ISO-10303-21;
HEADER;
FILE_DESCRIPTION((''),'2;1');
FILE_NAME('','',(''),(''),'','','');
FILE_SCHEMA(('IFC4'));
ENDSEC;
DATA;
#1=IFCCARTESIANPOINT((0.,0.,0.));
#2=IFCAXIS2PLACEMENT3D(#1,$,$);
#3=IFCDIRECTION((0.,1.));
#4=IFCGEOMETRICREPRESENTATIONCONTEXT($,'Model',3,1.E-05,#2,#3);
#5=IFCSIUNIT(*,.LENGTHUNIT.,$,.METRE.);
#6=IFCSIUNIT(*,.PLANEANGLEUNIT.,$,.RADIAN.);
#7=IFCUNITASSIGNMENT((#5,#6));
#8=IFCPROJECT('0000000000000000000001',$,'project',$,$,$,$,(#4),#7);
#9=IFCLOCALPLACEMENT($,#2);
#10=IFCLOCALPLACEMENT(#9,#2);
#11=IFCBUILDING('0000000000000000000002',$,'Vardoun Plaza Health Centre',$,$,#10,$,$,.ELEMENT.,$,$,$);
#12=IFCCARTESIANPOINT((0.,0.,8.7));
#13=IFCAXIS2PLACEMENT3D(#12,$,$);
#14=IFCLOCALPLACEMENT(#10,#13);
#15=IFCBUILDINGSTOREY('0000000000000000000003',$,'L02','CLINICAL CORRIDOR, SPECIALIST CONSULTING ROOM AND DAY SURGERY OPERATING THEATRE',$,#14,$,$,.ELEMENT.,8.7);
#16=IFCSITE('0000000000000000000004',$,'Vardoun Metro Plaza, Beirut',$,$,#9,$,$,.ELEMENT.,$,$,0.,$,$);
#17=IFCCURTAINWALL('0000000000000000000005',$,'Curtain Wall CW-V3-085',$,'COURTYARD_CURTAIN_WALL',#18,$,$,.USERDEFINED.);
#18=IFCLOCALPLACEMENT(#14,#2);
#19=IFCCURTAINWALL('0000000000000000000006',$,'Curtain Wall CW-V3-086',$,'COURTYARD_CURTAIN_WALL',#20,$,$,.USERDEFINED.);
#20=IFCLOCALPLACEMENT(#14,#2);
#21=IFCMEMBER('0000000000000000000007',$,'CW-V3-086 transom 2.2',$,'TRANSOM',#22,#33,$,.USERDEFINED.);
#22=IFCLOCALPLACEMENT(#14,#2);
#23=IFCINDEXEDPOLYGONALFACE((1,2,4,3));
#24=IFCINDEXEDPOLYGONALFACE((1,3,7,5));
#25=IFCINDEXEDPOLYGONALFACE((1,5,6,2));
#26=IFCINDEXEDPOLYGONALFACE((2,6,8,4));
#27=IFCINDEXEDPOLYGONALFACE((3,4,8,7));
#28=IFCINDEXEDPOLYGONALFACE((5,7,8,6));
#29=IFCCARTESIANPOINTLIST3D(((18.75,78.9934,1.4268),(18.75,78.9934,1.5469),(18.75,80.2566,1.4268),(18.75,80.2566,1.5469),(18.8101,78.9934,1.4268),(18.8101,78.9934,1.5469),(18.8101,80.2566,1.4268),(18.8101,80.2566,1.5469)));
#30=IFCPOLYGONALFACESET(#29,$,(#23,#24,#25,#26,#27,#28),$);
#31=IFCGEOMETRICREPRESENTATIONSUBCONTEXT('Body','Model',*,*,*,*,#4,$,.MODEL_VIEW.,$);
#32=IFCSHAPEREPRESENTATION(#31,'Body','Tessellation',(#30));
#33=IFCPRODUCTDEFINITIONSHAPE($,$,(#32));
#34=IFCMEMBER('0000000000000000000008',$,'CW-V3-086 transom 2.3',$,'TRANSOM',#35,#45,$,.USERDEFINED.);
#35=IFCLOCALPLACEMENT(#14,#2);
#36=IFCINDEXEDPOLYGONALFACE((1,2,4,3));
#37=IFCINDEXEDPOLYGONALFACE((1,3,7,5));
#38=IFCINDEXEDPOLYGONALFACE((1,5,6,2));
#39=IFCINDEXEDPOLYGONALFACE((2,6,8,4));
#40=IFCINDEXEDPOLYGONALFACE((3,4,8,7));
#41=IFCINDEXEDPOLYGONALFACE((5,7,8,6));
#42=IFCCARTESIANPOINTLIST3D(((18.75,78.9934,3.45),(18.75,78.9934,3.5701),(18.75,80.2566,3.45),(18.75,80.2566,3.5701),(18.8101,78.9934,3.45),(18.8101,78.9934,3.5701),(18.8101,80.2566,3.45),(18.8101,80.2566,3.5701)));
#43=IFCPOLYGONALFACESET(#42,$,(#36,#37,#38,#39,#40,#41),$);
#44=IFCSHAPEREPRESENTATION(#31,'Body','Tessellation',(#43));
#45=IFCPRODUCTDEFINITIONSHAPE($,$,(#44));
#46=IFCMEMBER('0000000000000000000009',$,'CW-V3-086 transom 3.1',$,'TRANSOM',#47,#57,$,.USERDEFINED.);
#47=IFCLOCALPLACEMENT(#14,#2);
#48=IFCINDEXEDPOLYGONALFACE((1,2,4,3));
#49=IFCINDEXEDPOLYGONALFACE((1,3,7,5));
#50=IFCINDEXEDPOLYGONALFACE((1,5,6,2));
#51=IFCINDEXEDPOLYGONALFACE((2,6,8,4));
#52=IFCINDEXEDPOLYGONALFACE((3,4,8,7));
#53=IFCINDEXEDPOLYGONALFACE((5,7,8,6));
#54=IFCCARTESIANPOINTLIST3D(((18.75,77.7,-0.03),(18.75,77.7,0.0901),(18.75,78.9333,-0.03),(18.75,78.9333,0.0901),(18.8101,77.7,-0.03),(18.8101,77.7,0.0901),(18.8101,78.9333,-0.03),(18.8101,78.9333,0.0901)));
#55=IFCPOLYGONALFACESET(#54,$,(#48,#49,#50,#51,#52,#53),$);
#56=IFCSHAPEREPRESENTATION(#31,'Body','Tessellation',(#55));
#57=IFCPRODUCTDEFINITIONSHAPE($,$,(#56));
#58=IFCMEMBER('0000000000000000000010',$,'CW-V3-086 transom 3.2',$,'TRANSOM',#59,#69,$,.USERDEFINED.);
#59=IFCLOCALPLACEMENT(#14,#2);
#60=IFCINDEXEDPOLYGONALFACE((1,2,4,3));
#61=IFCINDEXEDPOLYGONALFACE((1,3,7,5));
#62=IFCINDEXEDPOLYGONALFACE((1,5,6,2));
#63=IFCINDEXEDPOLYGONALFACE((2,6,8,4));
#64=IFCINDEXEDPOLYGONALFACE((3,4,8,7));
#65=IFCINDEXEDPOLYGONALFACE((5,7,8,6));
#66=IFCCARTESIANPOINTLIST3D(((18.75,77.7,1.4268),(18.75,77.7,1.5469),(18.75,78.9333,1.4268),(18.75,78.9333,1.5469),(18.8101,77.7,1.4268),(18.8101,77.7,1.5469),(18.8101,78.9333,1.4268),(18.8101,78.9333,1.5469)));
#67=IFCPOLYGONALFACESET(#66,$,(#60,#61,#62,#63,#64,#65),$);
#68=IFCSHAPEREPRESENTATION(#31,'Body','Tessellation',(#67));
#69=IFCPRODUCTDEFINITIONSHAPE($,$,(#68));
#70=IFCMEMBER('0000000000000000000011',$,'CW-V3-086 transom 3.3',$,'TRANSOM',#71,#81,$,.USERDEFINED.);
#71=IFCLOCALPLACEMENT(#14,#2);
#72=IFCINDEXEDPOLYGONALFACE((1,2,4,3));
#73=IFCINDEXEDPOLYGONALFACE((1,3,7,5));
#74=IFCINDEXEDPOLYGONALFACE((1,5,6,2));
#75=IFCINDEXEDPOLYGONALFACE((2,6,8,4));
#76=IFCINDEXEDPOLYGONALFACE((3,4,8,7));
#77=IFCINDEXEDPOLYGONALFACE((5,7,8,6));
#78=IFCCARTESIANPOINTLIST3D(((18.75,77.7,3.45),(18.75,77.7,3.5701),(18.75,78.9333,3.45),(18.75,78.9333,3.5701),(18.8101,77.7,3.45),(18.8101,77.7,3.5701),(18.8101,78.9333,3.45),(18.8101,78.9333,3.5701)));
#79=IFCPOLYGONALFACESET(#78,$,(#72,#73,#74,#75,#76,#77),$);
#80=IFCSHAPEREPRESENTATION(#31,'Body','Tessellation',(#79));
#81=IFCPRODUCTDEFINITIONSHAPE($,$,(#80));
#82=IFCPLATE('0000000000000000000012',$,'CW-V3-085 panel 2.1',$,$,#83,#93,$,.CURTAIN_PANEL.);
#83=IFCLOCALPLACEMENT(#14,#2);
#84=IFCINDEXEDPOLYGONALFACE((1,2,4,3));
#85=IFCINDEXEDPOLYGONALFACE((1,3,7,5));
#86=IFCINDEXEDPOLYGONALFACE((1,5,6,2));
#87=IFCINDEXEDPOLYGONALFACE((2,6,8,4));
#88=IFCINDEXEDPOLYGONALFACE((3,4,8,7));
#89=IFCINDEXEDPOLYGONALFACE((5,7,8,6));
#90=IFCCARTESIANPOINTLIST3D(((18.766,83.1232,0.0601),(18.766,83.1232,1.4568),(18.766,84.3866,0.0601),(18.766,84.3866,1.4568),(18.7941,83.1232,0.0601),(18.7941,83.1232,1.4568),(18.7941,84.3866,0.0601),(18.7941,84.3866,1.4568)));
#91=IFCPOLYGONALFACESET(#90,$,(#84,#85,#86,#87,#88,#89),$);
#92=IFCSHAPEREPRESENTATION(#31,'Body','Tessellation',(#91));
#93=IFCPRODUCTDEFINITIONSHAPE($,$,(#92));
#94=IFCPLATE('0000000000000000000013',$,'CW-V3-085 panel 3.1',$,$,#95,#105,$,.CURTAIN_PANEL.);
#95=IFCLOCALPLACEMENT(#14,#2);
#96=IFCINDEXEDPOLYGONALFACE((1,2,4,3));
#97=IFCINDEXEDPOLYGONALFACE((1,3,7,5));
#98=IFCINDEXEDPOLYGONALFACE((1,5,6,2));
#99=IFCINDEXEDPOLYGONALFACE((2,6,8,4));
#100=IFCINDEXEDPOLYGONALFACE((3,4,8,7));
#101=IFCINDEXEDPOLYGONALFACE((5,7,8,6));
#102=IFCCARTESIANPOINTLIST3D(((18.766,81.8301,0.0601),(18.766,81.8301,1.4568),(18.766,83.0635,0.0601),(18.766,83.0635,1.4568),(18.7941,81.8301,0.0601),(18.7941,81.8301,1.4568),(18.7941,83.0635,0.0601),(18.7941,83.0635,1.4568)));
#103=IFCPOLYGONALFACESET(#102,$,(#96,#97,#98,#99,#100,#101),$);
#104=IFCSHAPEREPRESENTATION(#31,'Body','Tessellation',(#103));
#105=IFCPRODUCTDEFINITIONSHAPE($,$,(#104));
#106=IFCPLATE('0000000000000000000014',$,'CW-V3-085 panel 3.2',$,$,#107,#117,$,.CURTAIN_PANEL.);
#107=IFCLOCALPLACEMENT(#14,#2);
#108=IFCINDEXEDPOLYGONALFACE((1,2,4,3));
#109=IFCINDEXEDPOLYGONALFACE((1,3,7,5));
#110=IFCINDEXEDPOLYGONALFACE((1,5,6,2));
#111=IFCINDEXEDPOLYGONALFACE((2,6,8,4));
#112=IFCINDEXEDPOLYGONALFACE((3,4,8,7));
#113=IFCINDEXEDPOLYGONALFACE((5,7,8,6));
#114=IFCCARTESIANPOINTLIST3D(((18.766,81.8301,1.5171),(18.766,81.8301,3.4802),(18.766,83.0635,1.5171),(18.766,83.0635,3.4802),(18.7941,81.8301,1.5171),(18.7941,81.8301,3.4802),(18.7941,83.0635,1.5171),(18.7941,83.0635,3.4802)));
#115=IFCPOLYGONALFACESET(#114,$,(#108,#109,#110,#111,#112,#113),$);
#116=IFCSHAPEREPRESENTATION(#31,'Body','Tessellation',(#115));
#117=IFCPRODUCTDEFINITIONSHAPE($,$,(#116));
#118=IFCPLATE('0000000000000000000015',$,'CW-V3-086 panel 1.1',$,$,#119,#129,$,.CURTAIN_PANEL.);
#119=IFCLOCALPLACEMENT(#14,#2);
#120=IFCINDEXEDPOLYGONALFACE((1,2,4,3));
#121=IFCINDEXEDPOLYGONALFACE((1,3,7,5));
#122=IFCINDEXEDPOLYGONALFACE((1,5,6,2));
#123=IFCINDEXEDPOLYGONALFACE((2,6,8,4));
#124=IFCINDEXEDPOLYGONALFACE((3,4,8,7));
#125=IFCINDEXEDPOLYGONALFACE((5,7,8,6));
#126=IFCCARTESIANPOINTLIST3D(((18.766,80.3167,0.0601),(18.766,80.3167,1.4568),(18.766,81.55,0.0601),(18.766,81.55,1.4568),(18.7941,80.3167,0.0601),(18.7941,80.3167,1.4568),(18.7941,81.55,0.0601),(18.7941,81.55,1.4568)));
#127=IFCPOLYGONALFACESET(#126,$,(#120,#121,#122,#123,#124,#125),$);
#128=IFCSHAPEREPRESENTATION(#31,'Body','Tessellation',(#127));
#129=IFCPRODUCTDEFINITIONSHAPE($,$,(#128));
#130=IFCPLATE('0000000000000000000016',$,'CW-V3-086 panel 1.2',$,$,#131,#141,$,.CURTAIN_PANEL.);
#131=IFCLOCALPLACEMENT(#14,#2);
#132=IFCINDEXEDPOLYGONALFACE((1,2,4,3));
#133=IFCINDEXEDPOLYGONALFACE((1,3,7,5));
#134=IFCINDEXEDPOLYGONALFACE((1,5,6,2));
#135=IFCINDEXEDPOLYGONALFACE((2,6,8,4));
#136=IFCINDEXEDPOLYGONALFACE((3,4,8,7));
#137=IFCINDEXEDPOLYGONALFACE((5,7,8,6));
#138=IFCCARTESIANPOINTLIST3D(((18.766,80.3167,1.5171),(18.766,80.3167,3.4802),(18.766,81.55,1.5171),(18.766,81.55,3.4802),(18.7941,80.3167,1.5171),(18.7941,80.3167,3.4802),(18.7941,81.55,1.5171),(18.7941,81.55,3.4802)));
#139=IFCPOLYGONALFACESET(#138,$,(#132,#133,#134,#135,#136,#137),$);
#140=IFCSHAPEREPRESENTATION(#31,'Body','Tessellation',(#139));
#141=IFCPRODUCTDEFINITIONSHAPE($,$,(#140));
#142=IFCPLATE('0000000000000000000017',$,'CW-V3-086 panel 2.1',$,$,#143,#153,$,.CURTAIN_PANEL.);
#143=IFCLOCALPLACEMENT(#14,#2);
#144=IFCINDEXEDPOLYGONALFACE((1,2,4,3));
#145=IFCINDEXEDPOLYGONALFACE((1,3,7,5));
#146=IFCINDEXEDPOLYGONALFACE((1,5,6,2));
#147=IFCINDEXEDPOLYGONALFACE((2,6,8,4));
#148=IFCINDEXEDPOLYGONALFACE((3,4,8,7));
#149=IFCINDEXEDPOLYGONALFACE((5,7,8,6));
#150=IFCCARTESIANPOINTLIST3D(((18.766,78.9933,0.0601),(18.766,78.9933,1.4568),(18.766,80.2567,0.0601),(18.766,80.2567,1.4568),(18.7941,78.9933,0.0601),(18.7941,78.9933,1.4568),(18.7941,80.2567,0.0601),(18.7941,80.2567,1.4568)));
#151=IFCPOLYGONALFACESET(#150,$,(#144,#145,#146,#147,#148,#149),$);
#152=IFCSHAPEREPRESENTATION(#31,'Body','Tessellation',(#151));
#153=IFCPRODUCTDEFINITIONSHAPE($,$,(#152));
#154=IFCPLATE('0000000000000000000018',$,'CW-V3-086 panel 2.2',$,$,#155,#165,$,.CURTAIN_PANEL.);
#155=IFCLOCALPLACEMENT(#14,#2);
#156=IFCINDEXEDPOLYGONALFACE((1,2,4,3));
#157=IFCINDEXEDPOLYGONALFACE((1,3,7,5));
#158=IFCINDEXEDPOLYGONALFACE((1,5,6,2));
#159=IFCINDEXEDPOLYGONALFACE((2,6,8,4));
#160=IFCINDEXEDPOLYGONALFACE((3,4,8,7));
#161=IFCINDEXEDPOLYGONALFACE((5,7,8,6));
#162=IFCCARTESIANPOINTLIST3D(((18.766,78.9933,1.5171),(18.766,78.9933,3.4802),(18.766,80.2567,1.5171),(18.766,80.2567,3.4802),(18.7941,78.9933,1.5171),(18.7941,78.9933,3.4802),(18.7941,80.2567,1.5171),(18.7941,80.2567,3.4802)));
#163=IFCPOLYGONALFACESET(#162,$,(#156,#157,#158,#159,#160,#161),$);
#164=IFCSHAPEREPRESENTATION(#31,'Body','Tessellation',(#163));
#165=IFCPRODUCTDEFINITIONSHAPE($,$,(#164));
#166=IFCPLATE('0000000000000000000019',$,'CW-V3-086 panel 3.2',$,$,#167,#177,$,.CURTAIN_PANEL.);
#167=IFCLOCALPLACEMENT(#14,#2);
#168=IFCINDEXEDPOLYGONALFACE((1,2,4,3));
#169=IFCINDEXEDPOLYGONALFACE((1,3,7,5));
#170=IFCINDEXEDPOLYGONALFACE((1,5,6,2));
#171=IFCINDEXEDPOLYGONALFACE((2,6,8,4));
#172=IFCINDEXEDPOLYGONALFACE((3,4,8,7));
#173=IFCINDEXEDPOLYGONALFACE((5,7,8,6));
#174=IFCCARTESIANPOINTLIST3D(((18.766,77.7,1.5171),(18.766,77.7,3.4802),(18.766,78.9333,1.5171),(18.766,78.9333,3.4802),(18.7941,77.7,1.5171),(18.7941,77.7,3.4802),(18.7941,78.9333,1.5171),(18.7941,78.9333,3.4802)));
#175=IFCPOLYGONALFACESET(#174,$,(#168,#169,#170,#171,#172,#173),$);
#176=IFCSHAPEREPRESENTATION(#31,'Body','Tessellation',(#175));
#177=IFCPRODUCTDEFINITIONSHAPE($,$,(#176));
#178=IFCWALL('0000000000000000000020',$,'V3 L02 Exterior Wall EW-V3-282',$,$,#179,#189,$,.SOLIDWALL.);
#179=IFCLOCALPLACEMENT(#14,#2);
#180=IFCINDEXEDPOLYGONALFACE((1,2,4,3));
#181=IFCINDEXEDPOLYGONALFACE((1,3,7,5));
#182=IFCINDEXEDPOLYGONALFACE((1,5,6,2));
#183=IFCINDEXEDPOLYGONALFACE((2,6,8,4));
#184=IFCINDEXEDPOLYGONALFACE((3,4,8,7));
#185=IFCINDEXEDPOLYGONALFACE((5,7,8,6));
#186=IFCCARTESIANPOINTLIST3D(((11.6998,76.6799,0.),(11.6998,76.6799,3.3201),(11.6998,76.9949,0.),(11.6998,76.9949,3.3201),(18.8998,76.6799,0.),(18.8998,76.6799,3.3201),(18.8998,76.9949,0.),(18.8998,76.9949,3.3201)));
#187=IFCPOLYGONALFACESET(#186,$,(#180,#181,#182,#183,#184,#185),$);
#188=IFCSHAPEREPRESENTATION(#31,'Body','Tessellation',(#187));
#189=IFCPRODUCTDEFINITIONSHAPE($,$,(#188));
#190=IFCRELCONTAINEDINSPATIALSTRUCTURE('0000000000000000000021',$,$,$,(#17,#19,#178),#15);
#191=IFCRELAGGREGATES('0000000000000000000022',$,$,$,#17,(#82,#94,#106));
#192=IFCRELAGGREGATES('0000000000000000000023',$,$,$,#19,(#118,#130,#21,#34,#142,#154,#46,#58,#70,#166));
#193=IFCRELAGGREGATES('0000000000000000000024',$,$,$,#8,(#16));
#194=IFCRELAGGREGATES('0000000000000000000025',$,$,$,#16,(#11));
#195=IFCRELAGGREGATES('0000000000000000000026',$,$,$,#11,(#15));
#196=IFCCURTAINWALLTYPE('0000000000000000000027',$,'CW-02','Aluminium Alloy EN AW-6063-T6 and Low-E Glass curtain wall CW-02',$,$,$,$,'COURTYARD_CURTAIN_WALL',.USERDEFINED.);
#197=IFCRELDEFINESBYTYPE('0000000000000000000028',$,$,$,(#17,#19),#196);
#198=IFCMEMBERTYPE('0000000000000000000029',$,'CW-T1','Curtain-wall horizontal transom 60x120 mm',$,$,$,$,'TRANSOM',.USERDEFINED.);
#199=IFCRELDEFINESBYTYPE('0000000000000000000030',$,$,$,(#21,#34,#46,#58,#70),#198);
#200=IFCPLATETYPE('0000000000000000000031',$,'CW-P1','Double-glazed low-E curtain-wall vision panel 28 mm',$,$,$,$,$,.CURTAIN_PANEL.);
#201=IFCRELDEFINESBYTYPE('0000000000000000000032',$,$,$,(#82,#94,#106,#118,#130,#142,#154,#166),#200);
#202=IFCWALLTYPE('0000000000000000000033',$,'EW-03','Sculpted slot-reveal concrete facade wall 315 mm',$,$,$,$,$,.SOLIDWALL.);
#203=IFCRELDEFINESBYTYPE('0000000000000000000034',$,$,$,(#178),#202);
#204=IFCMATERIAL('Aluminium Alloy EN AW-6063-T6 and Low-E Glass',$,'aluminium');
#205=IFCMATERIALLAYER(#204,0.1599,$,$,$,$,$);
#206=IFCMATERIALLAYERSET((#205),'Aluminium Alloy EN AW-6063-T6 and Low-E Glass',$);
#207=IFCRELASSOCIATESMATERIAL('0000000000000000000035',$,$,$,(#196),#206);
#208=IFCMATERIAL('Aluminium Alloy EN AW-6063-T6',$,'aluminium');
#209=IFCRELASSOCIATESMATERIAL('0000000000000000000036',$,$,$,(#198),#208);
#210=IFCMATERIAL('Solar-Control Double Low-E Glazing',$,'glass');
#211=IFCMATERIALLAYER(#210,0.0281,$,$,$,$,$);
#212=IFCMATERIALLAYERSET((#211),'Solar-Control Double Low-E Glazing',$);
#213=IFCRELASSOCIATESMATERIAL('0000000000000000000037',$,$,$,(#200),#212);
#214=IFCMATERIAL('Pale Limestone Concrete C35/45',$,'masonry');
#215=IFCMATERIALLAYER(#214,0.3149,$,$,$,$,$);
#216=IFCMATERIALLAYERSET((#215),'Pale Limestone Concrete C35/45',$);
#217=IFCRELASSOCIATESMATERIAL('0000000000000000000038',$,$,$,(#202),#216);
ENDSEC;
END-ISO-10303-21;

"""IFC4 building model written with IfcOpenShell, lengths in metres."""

from ifc_helpers import new_model, si_unit, direction, frame, frame_2d, origin, origin_2d, place, context, subcontext, project, spatial, rectangle, extrude, material, layer, layer_set, material_profile, profile_set, type_object, element, aggregate, save


model = new_model("IFC4")

# Units and contexts
model_context = context("Model", 3, precision=1e-05, world=origin(), true_north=direction((0.0, 1.0)))
body_context = subcontext(model_context, "Body", "Model", "MODEL_VIEW")
ifc_project = project(units=[si_unit("LENGTHUNIT", "METRE"), si_unit("PLANEANGLEUNIT", "RADIAN")], contexts=[model_context])

# Site, building, storey
site_placement = place(None, origin())
site = spatial("IfcSite", under=ifc_project, at=site_placement, Name="Vardoun Metro Plaza, Beirut", CompositionType="ELEMENT", RefElevation=0.0)
building_placement = place(site_placement, origin())
building = spatial("IfcBuilding", under=site, at=building_placement, Name="Vardoun Plaza Health Centre", CompositionType="ELEMENT")
storey_placement = place(building_placement, frame((0.0, 0.0, 8.7)))
storey = spatial("IfcBuildingStorey", under=building, at=storey_placement, Name="L02", Description="CLINICAL CORRIDOR, SPECIALIST CONSULTING ROOM AND DAY SURGERY OPERATING THEATRE", CompositionType="ELEMENT", Elevation=8.7)

# Curtain walls
ifc_material_1 = material(Name="Aluminium Alloy EN AW-6063-T6 and Low-E Glass", Category="aluminium")
ifc_layer_1 = layer(ifc_material_1, 0.1599)
ifc_layer_set_1 = layer_set([ifc_layer_1], Name="Aluminium Alloy EN AW-6063-T6 and Low-E Glass")
curtain_wall_type = type_object("IfcCurtainWallType", Name="CW-02", Description="Aluminium Alloy EN AW-6063-T6 and Low-E Glass curtain wall CW-02", ElementType="COURTYARD_CURTAIN_WALL", PredefinedType="USERDEFINED", material=ifc_layer_set_1)
curtain_wall_1_placement = place(storey_placement, origin())
curtain_wall_1 = element("IfcCurtainWall", 1, at=curtain_wall_1_placement, inside=storey, type_object=curtain_wall_type, Name="Curtain Wall CW-V3-085", ObjectType="COURTYARD_CURTAIN_WALL", PredefinedType="USERDEFINED")
curtain_wall_2_placement = place(storey_placement, origin())
curtain_wall_2 = element("IfcCurtainWall", 2, at=curtain_wall_2_placement, inside=storey, type_object=curtain_wall_type, Name="Curtain Wall CW-V3-086", ObjectType="COURTYARD_CURTAIN_WALL", PredefinedType="USERDEFINED")

# Members
ifc_material_2 = material(Name="Aluminium Alloy EN AW-6063-T6", Category="aluminium")
ifc_material_profile_1 = material_profile(ifc_material_2, rectangle(XDim=0.0601, YDim=0.1201, at=origin_2d()), Name="CWT 60x120")
ifc_profile_set_1 = profile_set([ifc_material_profile_1], Name="Aluminium Alloy EN AW-6063-T6")
member_type_1 = type_object("IfcMemberType", Name="CW-T1", Description="Curtain-wall horizontal transom 60x120 mm", ElementType="TRANSOM", PredefinedType="USERDEFINED", material=ifc_profile_set_1)
member_1_placement = place(storey_placement, frame((18.78, 80.2566, 1.4868), z_axis=(0.0, -1.0, 0.0), x_axis=(1.0, 0.0, 0.0)))
member_1 = element("IfcMember", 3, at=member_1_placement, type_object=member_type_1, Name="CW-V3-086 transom 2.2", ObjectType="TRANSOM", PredefinedType="USERDEFINED", context=body_context, shape_type="SweptSolid", body=[
    extrude(rectangle(XDim=0.0601, YDim=0.1201, at=origin_2d()), origin(), (0.0, 0.0, 1.0), 1.2632),
])
member_2_placement = place(storey_placement, frame((18.78, 80.2566, 3.51), z_axis=(0.0, -1.0, 0.0), x_axis=(1.0, 0.0, 0.0)))
member_2 = element("IfcMember", 4, at=member_2_placement, type_object=member_type_1, Name="CW-V3-086 transom 2.3", ObjectType="TRANSOM", PredefinedType="USERDEFINED", context=body_context, shape_type="SweptSolid", body=[
    extrude(rectangle(XDim=0.0601, YDim=0.1201, at=origin_2d()), origin(), (0.0, 0.0, 1.0), 1.2632),
])
member_3_placement = place(storey_placement, frame((18.78, 78.9333, 0.03), z_axis=(0.0, -1.0, 0.0), x_axis=(1.0, 0.0, 0.0)))
member_3 = element("IfcMember", 5, at=member_3_placement, type_object=member_type_1, Name="CW-V3-086 transom 3.1", ObjectType="TRANSOM", PredefinedType="USERDEFINED", context=body_context, shape_type="SweptSolid", body=[
    extrude(rectangle(XDim=0.0601, YDim=0.1201, at=origin_2d()), origin(), (0.0, 0.0, 1.0), 1.2334),
])
member_4_placement = place(storey_placement, frame((18.78, 78.9333, 1.4868), z_axis=(0.0, -1.0, 0.0), x_axis=(1.0, 0.0, 0.0)))
member_4 = element("IfcMember", 6, at=member_4_placement, type_object=member_type_1, Name="CW-V3-086 transom 3.2", ObjectType="TRANSOM", PredefinedType="USERDEFINED", context=body_context, shape_type="SweptSolid", body=[
    extrude(rectangle(XDim=0.0601, YDim=0.1201, at=origin_2d()), origin(), (0.0, 0.0, 1.0), 1.2334),
])
member_5_placement = place(storey_placement, frame((18.78, 78.9333, 3.51), z_axis=(0.0, -1.0, 0.0), x_axis=(1.0, 0.0, 0.0)))
member_5 = element("IfcMember", 7, at=member_5_placement, type_object=member_type_1, Name="CW-V3-086 transom 3.3", ObjectType="TRANSOM", PredefinedType="USERDEFINED", context=body_context, shape_type="SweptSolid", body=[
    extrude(rectangle(XDim=0.0601, YDim=0.1201, at=origin_2d()), origin(), (0.0, 0.0, 1.0), 1.2334),
])

# Plates
ifc_material_3 = material(Name="Solar-Control Double Low-E Glazing", Category="glass")
ifc_layer_2 = layer(ifc_material_3, 0.0281)
ifc_layer_set_2 = layer_set([ifc_layer_2], Name="Solar-Control Double Low-E Glazing")
plate_type = type_object("IfcPlateType", Name="CW-P1", Description="Double-glazed low-E curtain-wall vision panel 28 mm", PredefinedType="CURTAIN_PANEL", material=ifc_layer_set_2)
plate_1_placement = place(storey_placement, frame((18.78, 83.7549, 0.0601), z_axis=(0.0, 0.0, 1.0), x_axis=(0.0, -1.0, 0.0)))
plate_1 = element("IfcPlate", 8, at=plate_1_placement, type_object=plate_type, Name="CW-V3-085 panel 2.1", PredefinedType="CURTAIN_PANEL", context=body_context, shape_type="SweptSolid", body=[
    extrude(rectangle(XDim=1.2634, YDim=0.0281, at=origin_2d()), origin(), (0.0, 0.0, 1.0), 1.3967),
])
plate_2_placement = place(storey_placement, frame((18.78, 82.4468, 0.0601), z_axis=(0.0, 0.0, 1.0), x_axis=(0.0, -1.0, 0.0)))
plate_2 = element("IfcPlate", 9, at=plate_2_placement, type_object=plate_type, Name="CW-V3-085 panel 3.1", PredefinedType="CURTAIN_PANEL", context=body_context, shape_type="SweptSolid", body=[
    extrude(rectangle(XDim=1.2334, YDim=0.0281, at=origin_2d()), origin(), (0.0, 0.0, 1.0), 1.3967),
])
plate_3_placement = place(storey_placement, frame((18.78, 82.4468, 1.5171), z_axis=(0.0, 0.0, 1.0), x_axis=(0.0, -1.0, 0.0)))
plate_3 = element("IfcPlate", 10, at=plate_3_placement, type_object=plate_type, Name="CW-V3-085 panel 3.2", PredefinedType="CURTAIN_PANEL", context=body_context, shape_type="SweptSolid", body=[
    extrude(rectangle(XDim=1.2334, YDim=0.0281, at=origin_2d()), origin(), (0.0, 0.0, 1.0), 1.9631),
])
aggregate(curtain_wall_1, [plate_1, plate_2, plate_3])
plate_4_placement = place(storey_placement, frame((18.78, 80.9333, 0.0601), z_axis=(0.0, 0.0, 1.0), x_axis=(0.0, -1.0, 0.0)))
plate_4 = element("IfcPlate", 11, at=plate_4_placement, type_object=plate_type, Name="CW-V3-086 panel 1.1", PredefinedType="CURTAIN_PANEL", context=body_context, shape_type="SweptSolid", body=[
    extrude(rectangle(XDim=1.2334, YDim=0.0281, at=origin_2d()), origin(), (0.0, 0.0, 1.0), 1.3967),
])
plate_5_placement = place(storey_placement, frame((18.78, 80.9333, 1.5171), z_axis=(0.0, 0.0, 1.0), x_axis=(0.0, -1.0, 0.0)))
plate_5 = element("IfcPlate", 12, at=plate_5_placement, type_object=plate_type, Name="CW-V3-086 panel 1.2", PredefinedType="CURTAIN_PANEL", context=body_context, shape_type="SweptSolid", body=[
    extrude(rectangle(XDim=1.2334, YDim=0.0281, at=origin_2d()), origin(), (0.0, 0.0, 1.0), 1.9631),
])
plate_6_placement = place(storey_placement, frame((18.78, 79.625, 0.0601), z_axis=(0.0, 0.0, 1.0), x_axis=(0.0, -1.0, 0.0)))
plate_6 = element("IfcPlate", 13, at=plate_6_placement, type_object=plate_type, Name="CW-V3-086 panel 2.1", PredefinedType="CURTAIN_PANEL", context=body_context, shape_type="SweptSolid", body=[
    extrude(rectangle(XDim=1.2634, YDim=0.0281, at=origin_2d()), origin(), (0.0, 0.0, 1.0), 1.3967),
])
plate_7_placement = place(storey_placement, frame((18.78, 79.625, 1.5171), z_axis=(0.0, 0.0, 1.0), x_axis=(0.0, -1.0, 0.0)))
plate_7 = element("IfcPlate", 14, at=plate_7_placement, type_object=plate_type, Name="CW-V3-086 panel 2.2", PredefinedType="CURTAIN_PANEL", context=body_context, shape_type="SweptSolid", body=[
    extrude(rectangle(XDim=1.2634, YDim=0.0281, at=origin_2d()), origin(), (0.0, 0.0, 1.0), 1.9631),
])
plate_8_placement = place(storey_placement, frame((18.78, 78.3167, 1.5171), z_axis=(0.0, 0.0, 1.0), x_axis=(0.0, -1.0, 0.0)))
plate_8 = element("IfcPlate", 15, at=plate_8_placement, type_object=plate_type, Name="CW-V3-086 panel 3.2", PredefinedType="CURTAIN_PANEL", context=body_context, shape_type="SweptSolid", body=[
    extrude(rectangle(XDim=1.2334, YDim=0.0281, at=origin_2d()), origin(), (0.0, 0.0, 1.0), 1.9631),
])
aggregate(curtain_wall_2, [plate_4, plate_5, member_1, member_2, plate_6, plate_7, member_3, member_4, member_5, plate_8])

# Wall
ifc_material_4 = material(Name="Pale Limestone Concrete C35/45", Category="masonry")
ifc_layer_3 = layer(ifc_material_4, 0.3149)
ifc_layer_set_3 = layer_set([ifc_layer_3], Name="Pale Limestone Concrete C35/45")
wall_type = type_object("IfcWallType", Name="EW-03", Description="Sculpted slot-reveal concrete facade wall 315 mm", PredefinedType="SOLIDWALL", material=ifc_layer_set_3)
wall_placement = place(storey_placement, frame((18.8999, 76.8374, 0.0), z_axis=(0.0, 0.0, 1.0), x_axis=(-1.0, 0.0, 0.0)))
element("IfcWall", 16, at=wall_placement, inside=storey, type_object=wall_type, Name="V3 L02 Exterior Wall EW-V3-282", PredefinedType="SOLIDWALL", context=body_context, shape_type="SweptSolid", body=[
    extrude(rectangle(XDim=7.2, YDim=0.3149, at=frame_2d((3.6001, 0.0))), origin(), (0.0, 0.0, 1.0), 3.3201),
])

save(model, "model.ifc")
